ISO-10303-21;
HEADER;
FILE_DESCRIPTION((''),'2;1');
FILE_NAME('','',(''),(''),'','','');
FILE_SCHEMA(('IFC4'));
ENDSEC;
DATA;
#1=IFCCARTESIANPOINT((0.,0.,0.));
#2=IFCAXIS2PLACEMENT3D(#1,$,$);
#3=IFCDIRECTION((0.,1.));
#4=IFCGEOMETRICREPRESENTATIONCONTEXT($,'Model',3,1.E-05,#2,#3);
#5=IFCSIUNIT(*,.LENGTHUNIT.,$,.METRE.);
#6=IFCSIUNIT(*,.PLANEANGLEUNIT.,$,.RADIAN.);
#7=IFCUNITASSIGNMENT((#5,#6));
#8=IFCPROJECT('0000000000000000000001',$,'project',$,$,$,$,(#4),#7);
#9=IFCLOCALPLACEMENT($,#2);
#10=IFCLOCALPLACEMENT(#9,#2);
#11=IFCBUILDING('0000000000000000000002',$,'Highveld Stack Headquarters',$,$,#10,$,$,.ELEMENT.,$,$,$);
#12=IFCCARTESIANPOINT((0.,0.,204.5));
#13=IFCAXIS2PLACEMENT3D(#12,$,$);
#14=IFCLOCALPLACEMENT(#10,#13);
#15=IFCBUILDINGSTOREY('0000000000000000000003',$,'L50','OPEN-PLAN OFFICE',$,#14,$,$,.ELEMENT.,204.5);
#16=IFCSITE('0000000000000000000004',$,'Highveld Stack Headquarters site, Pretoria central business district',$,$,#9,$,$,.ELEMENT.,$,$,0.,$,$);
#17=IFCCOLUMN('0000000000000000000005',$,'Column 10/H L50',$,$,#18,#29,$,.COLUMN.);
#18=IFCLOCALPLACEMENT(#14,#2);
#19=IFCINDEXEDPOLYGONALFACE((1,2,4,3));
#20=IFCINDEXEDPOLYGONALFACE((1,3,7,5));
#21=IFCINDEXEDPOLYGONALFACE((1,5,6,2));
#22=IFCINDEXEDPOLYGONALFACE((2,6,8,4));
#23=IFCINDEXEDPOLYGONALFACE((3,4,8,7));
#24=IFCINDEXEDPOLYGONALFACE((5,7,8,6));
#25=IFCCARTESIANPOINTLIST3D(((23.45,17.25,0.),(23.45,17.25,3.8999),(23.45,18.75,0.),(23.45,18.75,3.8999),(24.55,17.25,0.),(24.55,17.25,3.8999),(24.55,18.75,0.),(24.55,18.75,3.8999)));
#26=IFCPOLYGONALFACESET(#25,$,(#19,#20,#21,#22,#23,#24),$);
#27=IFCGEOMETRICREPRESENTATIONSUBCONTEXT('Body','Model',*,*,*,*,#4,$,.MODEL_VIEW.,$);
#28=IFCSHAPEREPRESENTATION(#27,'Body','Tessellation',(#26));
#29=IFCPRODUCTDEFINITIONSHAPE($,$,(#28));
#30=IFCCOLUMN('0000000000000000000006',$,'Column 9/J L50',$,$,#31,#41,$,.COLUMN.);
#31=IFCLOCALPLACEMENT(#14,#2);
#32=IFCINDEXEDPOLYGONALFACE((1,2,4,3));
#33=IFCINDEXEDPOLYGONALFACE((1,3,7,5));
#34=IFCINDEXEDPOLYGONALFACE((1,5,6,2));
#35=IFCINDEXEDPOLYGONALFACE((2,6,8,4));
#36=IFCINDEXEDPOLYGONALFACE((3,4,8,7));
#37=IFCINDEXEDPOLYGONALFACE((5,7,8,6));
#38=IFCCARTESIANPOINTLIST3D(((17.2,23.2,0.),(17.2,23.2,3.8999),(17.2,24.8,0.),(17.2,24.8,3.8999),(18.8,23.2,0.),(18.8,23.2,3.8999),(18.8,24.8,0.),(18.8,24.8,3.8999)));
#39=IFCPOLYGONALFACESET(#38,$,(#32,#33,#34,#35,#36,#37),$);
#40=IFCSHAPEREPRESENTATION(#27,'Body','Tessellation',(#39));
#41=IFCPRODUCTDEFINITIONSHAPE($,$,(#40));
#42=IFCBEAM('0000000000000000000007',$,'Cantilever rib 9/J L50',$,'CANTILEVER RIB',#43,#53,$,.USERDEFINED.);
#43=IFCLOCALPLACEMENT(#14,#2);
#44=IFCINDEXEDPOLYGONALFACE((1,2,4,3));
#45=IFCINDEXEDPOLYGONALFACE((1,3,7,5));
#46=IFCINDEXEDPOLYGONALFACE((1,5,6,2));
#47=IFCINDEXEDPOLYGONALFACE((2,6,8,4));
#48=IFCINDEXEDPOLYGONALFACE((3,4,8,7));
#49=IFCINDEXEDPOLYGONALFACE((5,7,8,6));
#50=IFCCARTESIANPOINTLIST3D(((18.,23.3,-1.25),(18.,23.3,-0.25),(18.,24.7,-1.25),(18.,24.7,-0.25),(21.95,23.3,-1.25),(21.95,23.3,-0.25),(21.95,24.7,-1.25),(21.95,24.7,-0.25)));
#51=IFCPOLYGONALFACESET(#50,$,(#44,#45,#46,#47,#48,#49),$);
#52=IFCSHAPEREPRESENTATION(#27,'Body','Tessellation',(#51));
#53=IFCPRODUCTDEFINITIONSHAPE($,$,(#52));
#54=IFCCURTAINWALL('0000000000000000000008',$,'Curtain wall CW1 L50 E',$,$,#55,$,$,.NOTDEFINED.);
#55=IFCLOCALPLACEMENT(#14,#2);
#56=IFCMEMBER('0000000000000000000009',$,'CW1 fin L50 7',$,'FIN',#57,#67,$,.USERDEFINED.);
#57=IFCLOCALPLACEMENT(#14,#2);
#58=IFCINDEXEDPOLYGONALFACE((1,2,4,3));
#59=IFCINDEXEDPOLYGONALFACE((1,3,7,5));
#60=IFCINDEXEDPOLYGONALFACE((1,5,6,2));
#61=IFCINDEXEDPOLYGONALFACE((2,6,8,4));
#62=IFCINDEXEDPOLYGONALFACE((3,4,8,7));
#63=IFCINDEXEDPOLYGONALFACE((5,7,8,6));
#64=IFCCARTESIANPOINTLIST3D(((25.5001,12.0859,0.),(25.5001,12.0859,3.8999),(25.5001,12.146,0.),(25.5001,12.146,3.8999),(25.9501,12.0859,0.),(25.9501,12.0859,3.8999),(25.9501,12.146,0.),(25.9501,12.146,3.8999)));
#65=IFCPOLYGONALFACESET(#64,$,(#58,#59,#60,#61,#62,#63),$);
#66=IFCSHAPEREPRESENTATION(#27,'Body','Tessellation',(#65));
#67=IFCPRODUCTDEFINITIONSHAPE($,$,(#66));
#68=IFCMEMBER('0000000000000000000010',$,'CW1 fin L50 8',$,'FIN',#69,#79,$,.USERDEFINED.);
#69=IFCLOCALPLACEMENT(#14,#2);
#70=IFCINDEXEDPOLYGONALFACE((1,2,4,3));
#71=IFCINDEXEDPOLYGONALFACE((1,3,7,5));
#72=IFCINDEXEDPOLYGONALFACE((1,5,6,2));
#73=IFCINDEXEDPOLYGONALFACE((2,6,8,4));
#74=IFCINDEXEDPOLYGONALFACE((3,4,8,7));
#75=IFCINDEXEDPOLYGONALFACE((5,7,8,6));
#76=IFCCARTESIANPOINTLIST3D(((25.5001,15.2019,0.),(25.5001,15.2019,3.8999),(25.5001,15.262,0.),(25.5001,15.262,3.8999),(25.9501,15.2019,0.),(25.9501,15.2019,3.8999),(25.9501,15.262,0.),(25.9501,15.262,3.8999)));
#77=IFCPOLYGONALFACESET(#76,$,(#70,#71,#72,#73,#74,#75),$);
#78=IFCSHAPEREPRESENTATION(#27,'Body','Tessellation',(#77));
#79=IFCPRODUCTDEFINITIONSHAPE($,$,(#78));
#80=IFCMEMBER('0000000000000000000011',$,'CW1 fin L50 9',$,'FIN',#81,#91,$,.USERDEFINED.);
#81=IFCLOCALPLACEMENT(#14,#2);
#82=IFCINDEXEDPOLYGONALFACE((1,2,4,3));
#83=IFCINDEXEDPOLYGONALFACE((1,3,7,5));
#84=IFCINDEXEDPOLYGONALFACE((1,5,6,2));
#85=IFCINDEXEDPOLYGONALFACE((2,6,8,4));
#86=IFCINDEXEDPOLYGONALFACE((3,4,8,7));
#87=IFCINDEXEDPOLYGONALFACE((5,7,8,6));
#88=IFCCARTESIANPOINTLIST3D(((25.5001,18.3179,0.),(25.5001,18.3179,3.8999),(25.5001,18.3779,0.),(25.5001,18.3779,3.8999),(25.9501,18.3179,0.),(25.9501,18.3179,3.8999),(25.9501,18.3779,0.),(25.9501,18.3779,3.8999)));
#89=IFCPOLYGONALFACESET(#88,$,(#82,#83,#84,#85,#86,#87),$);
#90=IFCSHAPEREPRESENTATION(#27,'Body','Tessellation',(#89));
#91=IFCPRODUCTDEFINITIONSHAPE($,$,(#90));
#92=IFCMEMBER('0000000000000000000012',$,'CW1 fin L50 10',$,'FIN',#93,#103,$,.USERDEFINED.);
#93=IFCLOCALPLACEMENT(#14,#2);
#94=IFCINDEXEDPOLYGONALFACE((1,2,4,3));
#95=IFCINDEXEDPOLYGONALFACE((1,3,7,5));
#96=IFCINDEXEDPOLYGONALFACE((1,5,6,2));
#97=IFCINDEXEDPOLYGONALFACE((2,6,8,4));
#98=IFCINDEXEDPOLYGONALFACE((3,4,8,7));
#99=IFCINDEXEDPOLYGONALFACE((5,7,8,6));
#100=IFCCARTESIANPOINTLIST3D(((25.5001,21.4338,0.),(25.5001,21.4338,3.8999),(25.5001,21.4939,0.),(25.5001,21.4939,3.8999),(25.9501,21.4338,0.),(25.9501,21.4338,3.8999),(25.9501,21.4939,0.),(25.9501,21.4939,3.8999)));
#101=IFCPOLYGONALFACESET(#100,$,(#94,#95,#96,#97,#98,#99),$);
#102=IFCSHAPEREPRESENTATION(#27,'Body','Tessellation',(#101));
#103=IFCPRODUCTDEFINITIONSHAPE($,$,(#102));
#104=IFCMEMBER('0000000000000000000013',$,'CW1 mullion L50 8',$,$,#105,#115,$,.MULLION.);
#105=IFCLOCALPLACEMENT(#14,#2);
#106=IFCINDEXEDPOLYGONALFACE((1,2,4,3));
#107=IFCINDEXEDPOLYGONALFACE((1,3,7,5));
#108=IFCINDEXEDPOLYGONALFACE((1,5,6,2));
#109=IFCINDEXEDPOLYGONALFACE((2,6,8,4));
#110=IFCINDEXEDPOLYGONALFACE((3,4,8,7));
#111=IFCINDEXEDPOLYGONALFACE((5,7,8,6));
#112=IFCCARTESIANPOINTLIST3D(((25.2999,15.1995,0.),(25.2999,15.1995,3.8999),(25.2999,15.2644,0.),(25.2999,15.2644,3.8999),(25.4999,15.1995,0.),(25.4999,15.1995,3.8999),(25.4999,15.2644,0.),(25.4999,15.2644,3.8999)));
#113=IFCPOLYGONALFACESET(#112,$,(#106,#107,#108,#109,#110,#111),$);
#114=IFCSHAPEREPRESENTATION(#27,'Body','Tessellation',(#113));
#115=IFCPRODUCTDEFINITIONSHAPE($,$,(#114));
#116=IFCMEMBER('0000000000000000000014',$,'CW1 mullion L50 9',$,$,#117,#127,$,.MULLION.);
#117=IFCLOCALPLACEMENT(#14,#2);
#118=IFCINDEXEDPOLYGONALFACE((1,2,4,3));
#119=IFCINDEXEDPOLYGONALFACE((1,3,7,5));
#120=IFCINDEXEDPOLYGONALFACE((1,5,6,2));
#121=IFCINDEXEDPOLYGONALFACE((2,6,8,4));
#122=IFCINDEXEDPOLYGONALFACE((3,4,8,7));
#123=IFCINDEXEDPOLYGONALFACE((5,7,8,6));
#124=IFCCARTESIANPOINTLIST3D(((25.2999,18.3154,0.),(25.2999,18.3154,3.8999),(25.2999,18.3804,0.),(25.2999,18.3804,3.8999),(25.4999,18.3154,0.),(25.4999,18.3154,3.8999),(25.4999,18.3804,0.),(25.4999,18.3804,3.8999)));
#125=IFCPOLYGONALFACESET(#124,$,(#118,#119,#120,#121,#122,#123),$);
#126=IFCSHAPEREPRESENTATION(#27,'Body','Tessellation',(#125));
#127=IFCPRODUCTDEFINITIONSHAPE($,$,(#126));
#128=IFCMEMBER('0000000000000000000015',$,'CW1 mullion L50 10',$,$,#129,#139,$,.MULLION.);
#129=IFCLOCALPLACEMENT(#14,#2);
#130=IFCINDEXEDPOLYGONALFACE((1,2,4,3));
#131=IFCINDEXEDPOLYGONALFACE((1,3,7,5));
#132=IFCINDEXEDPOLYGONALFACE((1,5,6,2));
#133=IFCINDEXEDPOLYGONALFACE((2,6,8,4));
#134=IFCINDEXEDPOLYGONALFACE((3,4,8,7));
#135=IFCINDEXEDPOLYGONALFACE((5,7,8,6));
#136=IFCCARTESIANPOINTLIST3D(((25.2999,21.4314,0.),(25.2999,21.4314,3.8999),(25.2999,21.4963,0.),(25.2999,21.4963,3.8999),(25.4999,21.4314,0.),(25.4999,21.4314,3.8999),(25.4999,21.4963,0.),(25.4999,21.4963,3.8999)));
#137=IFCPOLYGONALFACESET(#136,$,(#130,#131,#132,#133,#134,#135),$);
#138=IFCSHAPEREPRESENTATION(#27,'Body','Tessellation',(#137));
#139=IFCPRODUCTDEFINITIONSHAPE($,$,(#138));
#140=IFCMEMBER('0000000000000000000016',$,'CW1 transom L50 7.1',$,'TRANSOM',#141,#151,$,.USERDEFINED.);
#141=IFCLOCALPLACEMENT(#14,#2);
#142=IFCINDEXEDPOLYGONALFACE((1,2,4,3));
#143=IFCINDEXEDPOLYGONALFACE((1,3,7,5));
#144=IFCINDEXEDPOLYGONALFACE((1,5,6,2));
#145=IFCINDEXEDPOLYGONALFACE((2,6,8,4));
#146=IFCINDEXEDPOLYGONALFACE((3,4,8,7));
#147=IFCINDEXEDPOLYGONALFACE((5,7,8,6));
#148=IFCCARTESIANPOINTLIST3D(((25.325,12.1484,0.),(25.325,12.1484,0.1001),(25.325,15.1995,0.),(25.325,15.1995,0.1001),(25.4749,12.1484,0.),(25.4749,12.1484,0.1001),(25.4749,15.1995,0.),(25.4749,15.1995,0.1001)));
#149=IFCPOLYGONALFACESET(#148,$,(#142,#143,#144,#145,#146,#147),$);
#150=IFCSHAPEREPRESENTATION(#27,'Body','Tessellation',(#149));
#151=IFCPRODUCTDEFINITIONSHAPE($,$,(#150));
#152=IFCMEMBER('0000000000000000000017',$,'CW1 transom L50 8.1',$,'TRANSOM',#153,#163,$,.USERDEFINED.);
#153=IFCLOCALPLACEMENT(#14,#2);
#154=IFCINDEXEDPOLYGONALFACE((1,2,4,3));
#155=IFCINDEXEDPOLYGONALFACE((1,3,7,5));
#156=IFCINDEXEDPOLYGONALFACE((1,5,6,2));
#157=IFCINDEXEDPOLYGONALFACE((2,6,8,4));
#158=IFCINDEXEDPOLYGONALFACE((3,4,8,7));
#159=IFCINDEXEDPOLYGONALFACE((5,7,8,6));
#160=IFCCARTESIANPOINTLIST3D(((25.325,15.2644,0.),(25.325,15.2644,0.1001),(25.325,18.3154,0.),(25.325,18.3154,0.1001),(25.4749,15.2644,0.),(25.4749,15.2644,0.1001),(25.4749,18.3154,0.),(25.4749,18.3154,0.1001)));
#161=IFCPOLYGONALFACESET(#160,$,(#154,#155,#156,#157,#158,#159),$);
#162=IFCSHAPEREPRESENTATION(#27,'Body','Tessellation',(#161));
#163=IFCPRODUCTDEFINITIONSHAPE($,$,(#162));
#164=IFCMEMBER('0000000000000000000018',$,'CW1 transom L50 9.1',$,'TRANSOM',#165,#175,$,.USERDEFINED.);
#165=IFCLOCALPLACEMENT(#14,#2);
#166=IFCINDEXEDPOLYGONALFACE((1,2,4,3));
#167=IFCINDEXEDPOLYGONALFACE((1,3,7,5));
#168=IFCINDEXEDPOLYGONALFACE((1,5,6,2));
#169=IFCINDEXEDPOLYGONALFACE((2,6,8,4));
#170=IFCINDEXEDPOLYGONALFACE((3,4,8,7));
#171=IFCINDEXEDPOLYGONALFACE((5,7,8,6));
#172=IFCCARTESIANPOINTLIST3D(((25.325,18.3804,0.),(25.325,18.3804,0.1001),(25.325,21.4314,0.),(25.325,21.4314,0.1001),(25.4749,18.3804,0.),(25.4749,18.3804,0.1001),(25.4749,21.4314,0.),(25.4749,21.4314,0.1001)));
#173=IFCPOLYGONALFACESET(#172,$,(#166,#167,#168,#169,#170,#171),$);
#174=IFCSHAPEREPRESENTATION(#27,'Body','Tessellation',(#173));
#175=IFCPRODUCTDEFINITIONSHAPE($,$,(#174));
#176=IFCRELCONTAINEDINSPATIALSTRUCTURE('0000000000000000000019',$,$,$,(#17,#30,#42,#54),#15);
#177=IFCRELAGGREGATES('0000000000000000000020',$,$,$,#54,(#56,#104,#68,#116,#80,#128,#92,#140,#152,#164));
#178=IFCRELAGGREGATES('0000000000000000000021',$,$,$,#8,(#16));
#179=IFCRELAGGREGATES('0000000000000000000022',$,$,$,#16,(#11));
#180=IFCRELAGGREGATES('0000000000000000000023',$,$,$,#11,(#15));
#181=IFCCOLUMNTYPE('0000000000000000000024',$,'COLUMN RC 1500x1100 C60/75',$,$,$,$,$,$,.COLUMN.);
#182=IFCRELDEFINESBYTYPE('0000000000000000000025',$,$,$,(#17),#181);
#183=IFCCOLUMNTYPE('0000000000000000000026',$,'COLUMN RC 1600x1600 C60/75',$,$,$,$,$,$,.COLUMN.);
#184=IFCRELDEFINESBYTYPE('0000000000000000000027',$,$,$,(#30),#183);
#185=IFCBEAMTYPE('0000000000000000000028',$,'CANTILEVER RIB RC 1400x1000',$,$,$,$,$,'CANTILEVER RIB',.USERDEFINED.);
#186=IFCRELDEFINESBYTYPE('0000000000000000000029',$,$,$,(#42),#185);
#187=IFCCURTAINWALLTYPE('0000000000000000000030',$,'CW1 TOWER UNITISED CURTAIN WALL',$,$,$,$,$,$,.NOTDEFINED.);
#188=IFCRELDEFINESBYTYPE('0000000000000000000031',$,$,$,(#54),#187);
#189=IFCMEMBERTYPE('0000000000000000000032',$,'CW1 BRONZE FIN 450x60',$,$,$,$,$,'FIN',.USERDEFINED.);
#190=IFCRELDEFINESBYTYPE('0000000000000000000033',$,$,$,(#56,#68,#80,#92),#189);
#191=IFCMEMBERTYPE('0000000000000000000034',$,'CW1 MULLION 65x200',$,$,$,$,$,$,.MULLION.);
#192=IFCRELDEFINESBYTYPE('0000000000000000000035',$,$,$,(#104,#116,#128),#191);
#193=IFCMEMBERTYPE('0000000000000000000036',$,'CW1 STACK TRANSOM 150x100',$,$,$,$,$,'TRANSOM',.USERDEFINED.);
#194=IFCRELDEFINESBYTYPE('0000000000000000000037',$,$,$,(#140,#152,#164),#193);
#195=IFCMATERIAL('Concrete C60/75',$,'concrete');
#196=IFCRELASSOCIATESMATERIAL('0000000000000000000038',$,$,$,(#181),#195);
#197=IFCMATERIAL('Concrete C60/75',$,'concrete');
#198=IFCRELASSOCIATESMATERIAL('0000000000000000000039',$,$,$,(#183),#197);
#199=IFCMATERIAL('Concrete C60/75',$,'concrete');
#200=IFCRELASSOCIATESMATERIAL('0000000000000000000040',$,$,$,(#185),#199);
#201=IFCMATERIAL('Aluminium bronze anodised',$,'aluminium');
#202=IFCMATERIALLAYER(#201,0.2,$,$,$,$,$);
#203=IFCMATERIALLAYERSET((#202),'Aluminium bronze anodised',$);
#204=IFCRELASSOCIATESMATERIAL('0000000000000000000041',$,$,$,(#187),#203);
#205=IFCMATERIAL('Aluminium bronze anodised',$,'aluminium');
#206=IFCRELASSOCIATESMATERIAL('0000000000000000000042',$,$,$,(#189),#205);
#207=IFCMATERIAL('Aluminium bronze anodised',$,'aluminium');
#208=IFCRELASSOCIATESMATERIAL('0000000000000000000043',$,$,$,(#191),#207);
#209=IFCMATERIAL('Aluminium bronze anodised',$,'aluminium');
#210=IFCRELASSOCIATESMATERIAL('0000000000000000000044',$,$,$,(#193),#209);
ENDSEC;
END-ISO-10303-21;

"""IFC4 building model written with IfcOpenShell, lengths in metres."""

from ifc_helpers import new_model, si_unit, direction, frame, origin, origin_2d, place, context, subcontext, project, spatial, rectangle, extrude, material, layer, layer_set, material_profile, profile_set, type_object, element, aggregate, save


model = new_model("IFC4")

# Units and contexts
model_context = context("Model", 3, precision=1e-05, world=origin(), true_north=direction((0.0, 1.0)))
body_context = subcontext(model_context, "Body", "Model", "MODEL_VIEW")
ifc_project = project(units=[si_unit("LENGTHUNIT", "METRE"), si_unit("PLANEANGLEUNIT", "RADIAN")], contexts=[model_context])

# Site, building, storey
site_placement = place(None, origin())
site = spatial("IfcSite", under=ifc_project, at=site_placement, Name="Highveld Stack Headquarters site, Pretoria central business district", CompositionType="ELEMENT", RefElevation=0.0)
building_placement = place(site_placement, origin())
building = spatial("IfcBuilding", under=site, at=building_placement, Name="Highveld Stack Headquarters", CompositionType="ELEMENT")
storey_placement = place(building_placement, frame((0.0, 0.0, 204.5)))
storey = spatial("IfcBuildingStorey", under=building, at=storey_placement, Name="L50", Description="OPEN-PLAN OFFICE", CompositionType="ELEMENT", Elevation=204.5)

# Columns
ifc_material_1 = material(Name="Concrete C60/75", Category="concrete")
ifc_material_profile_1 = material_profile(ifc_material_1, rectangle(XDim=1.5, YDim=1.1001, at=origin_2d()), Name="RC 1500x1100")
ifc_profile_set_1 = profile_set([ifc_material_profile_1], Name="Concrete C60/75")
column_type_1 = type_object("IfcColumnType", Name="COLUMN RC 1500x1100 C60/75", PredefinedType="COLUMN", material=ifc_profile_set_1)
column_1_placement = place(storey_placement, frame((24.0, 18.0, 0.0), z_axis=(0.0, 0.0, 1.0), x_axis=(0.0, 1.0, 0.0)))
element("IfcColumn", 1, at=column_1_placement, inside=storey, type_object=column_type_1, Name="Column 10/H L50", PredefinedType="COLUMN", context=body_context, shape_type="SweptSolid", body=[
    extrude(rectangle(XDim=1.5, YDim=1.1001, at=origin_2d()), origin(), (0.0, 0.0, 1.0), 3.8999),
])
ifc_material_2 = material(Name="Concrete C60/75", Category="concrete")
ifc_material_profile_2 = material_profile(ifc_material_2, rectangle(XDim=1.6001, YDim=1.6001, at=origin_2d()), Name="RC 1600x1600")
ifc_profile_set_2 = profile_set([ifc_material_profile_2], Name="Concrete C60/75")
column_type_2 = type_object("IfcColumnType", Name="COLUMN RC 1600x1600 C60/75", PredefinedType="COLUMN", material=ifc_profile_set_2)
column_2_placement = place(storey_placement, frame((18.0, 24.0, 0.0), z_axis=(0.0, 0.0, 1.0), x_axis=(1.0, 0.0, 0.0)))
element("IfcColumn", 2, at=column_2_placement, inside=storey, type_object=column_type_2, Name="Column 9/J L50", PredefinedType="COLUMN", context=body_context, shape_type="SweptSolid", body=[
    extrude(rectangle(XDim=1.6001, YDim=1.6001, at=origin_2d()), origin(), (0.0, 0.0, 1.0), 3.8999),
])

# Beam
ifc_material_3 = material(Name="Concrete C60/75", Category="concrete")
ifc_material_profile_3 = material_profile(ifc_material_3, rectangle(XDim=1.3999, YDim=1.0, at=origin_2d()), Name="RC 1400x1000")
ifc_profile_set_3 = profile_set([ifc_material_profile_3], Name="Concrete C60/75")
beam_type = type_object("IfcBeamType", Name="CANTILEVER RIB RC 1400x1000", ElementType="CANTILEVER RIB", PredefinedType="USERDEFINED", material=ifc_profile_set_3)
beam_placement = place(storey_placement, frame((18.0, 24.0, -0.75), z_axis=(1.0, 0.0, 0.0), x_axis=(0.0, 1.0, 0.0)))
element("IfcBeam", 3, at=beam_placement, inside=storey, type_object=beam_type, Name="Cantilever rib 9/J L50", ObjectType="CANTILEVER RIB", PredefinedType="USERDEFINED", context=body_context, shape_type="SweptSolid", body=[
    extrude(rectangle(XDim=1.3999, YDim=1.0, at=origin_2d()), origin(), (0.0, 0.0, 1.0), 3.95),
])

# Curtain wall, members
ifc_material_4 = material(Name="Aluminium bronze anodised", Category="aluminium")
ifc_layer_1 = layer(ifc_material_4, 0.2)
ifc_layer_set_1 = layer_set([ifc_layer_1], Name="Aluminium bronze anodised")
curtain_wall_type = type_object("IfcCurtainWallType", Name="CW1 TOWER UNITISED CURTAIN WALL", PredefinedType="NOTDEFINED", material=ifc_layer_set_1)
curtain_wall_placement = place(storey_placement, origin())
curtain_wall = element("IfcCurtainWall", 4, at=curtain_wall_placement, inside=storey, type_object=curtain_wall_type, Name="Curtain wall CW1 L50 E", PredefinedType="NOTDEFINED")
ifc_material_5 = material(Name="Aluminium bronze anodised", Category="aluminium")
ifc_material_profile_4 = material_profile(ifc_material_5, rectangle(XDim=0.45, YDim=0.0601, at=origin_2d()), Name="FIN 450x60")
ifc_profile_set_4 = profile_set([ifc_material_profile_4], Name="Aluminium bronze anodised")
member_type_1 = type_object("IfcMemberType", Name="CW1 BRONZE FIN 450x60", ElementType="FIN", PredefinedType="USERDEFINED", material=ifc_profile_set_4)
member_1_placement = place(storey_placement, frame((25.7251, 12.116, 0.0), z_axis=(0.0, 0.0, 1.0), x_axis=(-1.0, 0.0, 0.0)))
member_1 = element("IfcMember", 5, at=member_1_placement, type_object=member_type_1, Name="CW1 fin L50 7", ObjectType="FIN", PredefinedType="USERDEFINED", context=body_context, shape_type="SweptSolid", body=[
    extrude(rectangle(XDim=0.45, YDim=0.0601, at=origin_2d()), origin(), (0.0, 0.0, 1.0), 3.8999),
])
member_2_placement = place(storey_placement, frame((25.7251, 15.2319, 0.0), z_axis=(0.0, 0.0, 1.0), x_axis=(-1.0, 0.0, 0.0)))
member_2 = element("IfcMember", 6, at=member_2_placement, type_object=member_type_1, Name="CW1 fin L50 8", ObjectType="FIN", PredefinedType="USERDEFINED", context=body_context, shape_type="SweptSolid", body=[
    extrude(rectangle(XDim=0.45, YDim=0.0601, at=origin_2d()), origin(), (0.0, 0.0, 1.0), 3.8999),
])
member_3_placement = place(storey_placement, frame((25.7251, 18.3479, 0.0), z_axis=(0.0, 0.0, 1.0), x_axis=(-1.0, 0.0, 0.0)))
member_3 = element("IfcMember", 7, at=member_3_placement, type_object=member_type_1, Name="CW1 fin L50 9", ObjectType="FIN", PredefinedType="USERDEFINED", context=body_context, shape_type="SweptSolid", body=[
    extrude(rectangle(XDim=0.45, YDim=0.0601, at=origin_2d()), origin(), (0.0, 0.0, 1.0), 3.8999),
])
member_4_placement = place(storey_placement, frame((25.7251, 21.4639, 0.0), z_axis=(0.0, 0.0, 1.0), x_axis=(-1.0, 0.0, 0.0)))
member_4 = element("IfcMember", 8, at=member_4_placement, type_object=member_type_1, Name="CW1 fin L50 10", ObjectType="FIN", PredefinedType="USERDEFINED", context=body_context, shape_type="SweptSolid", body=[
    extrude(rectangle(XDim=0.45, YDim=0.0601, at=origin_2d()), origin(), (0.0, 0.0, 1.0), 3.8999),
])
ifc_material_6 = material(Name="Aluminium bronze anodised", Category="aluminium")
ifc_material_profile_5 = material_profile(ifc_material_6, rectangle(XDim=0.2, YDim=0.0649, at=origin_2d()), Name="CW1 MULLION 65x200")
ifc_profile_set_5 = profile_set([ifc_material_profile_5], Name="Aluminium bronze anodised")
member_type_2 = type_object("IfcMemberType", Name="CW1 MULLION 65x200", PredefinedType="MULLION", material=ifc_profile_set_5)
member_5_placement = place(storey_placement, frame((25.3999, 15.2319, 0.0), z_axis=(0.0, 0.0, 1.0), x_axis=(-1.0, 0.0, 0.0)))
member_5 = element("IfcMember", 9, at=member_5_placement, type_object=member_type_2, Name="CW1 mullion L50 8", PredefinedType="MULLION", context=body_context, shape_type="SweptSolid", body=[
    extrude(rectangle(XDim=0.2, YDim=0.0649, at=origin_2d()), origin(), (0.0, 0.0, 1.0), 3.8999),
])
member_6_placement = place(storey_placement, frame((25.3999, 18.3479, 0.0), z_axis=(0.0, 0.0, 1.0), x_axis=(-1.0, 0.0, 0.0)))
member_6 = element("IfcMember", 10, at=member_6_placement, type_object=member_type_2, Name="CW1 mullion L50 9", PredefinedType="MULLION", context=body_context, shape_type="SweptSolid", body=[
    extrude(rectangle(XDim=0.2, YDim=0.0649, at=origin_2d()), origin(), (0.0, 0.0, 1.0), 3.8999),
])
member_7_placement = place(storey_placement, frame((25.3999, 21.4639, 0.0), z_axis=(0.0, 0.0, 1.0), x_axis=(-1.0, 0.0, 0.0)))
member_7 = element("IfcMember", 11, at=member_7_placement, type_object=member_type_2, Name="CW1 mullion L50 10", PredefinedType="MULLION", context=body_context, shape_type="SweptSolid", body=[
    extrude(rectangle(XDim=0.2, YDim=0.0649, at=origin_2d()), origin(), (0.0, 0.0, 1.0), 3.8999),
])
ifc_material_7 = material(Name="Aluminium bronze anodised", Category="aluminium")
ifc_material_profile_6 = material_profile(ifc_material_7, rectangle(XDim=0.1499, YDim=0.1001, at=origin_2d()), Name="CW1 TRANSOM 150x100")
ifc_profile_set_6 = profile_set([ifc_material_profile_6], Name="Aluminium bronze anodised")
member_type_3 = type_object("IfcMemberType", Name="CW1 STACK TRANSOM 150x100", ElementType="TRANSOM", PredefinedType="USERDEFINED", material=ifc_profile_set_6)
member_8_placement = place(storey_placement, frame((25.3999, 12.1484, 0.05), z_axis=(0.0, 1.0, 0.0), x_axis=(-1.0, 0.0, 0.0)))
member_8 = element("IfcMember", 12, at=member_8_placement, type_object=member_type_3, Name="CW1 transom L50 7.1", ObjectType="TRANSOM", PredefinedType="USERDEFINED", context=body_context, shape_type="SweptSolid", body=[
    extrude(rectangle(XDim=0.1499, YDim=0.1001, at=origin_2d()), origin(), (0.0, 0.0, 1.0), 3.051),
])
member_9_placement = place(storey_placement, frame((25.3999, 15.2644, 0.05), z_axis=(0.0, 1.0, 0.0), x_axis=(-1.0, 0.0, 0.0)))
member_9 = element("IfcMember", 13, at=member_9_placement, type_object=member_type_3, Name="CW1 transom L50 8.1", ObjectType="TRANSOM", PredefinedType="USERDEFINED", context=body_context, shape_type="SweptSolid", body=[
    extrude(rectangle(XDim=0.1499, YDim=0.1001, at=origin_2d()), origin(), (0.0, 0.0, 1.0), 3.051),
])
member_10_placement = place(storey_placement, frame((25.3999, 18.3804, 0.05), z_axis=(0.0, 1.0, 0.0), x_axis=(-1.0, 0.0, 0.0)))
member_10 = element("IfcMember", 14, at=member_10_placement, type_object=member_type_3, Name="CW1 transom L50 9.1", ObjectType="TRANSOM", PredefinedType="USERDEFINED", context=body_context, shape_type="SweptSolid", body=[
    extrude(rectangle(XDim=0.1499, YDim=0.1001, at=origin_2d()), origin(), (0.0, 0.0, 1.0), 3.051),
])
aggregate(curtain_wall, [member_1, member_5, member_2, member_6, member_3, member_7, member_4, member_8, member_9, member_10])

save(model, "model.ifc")
